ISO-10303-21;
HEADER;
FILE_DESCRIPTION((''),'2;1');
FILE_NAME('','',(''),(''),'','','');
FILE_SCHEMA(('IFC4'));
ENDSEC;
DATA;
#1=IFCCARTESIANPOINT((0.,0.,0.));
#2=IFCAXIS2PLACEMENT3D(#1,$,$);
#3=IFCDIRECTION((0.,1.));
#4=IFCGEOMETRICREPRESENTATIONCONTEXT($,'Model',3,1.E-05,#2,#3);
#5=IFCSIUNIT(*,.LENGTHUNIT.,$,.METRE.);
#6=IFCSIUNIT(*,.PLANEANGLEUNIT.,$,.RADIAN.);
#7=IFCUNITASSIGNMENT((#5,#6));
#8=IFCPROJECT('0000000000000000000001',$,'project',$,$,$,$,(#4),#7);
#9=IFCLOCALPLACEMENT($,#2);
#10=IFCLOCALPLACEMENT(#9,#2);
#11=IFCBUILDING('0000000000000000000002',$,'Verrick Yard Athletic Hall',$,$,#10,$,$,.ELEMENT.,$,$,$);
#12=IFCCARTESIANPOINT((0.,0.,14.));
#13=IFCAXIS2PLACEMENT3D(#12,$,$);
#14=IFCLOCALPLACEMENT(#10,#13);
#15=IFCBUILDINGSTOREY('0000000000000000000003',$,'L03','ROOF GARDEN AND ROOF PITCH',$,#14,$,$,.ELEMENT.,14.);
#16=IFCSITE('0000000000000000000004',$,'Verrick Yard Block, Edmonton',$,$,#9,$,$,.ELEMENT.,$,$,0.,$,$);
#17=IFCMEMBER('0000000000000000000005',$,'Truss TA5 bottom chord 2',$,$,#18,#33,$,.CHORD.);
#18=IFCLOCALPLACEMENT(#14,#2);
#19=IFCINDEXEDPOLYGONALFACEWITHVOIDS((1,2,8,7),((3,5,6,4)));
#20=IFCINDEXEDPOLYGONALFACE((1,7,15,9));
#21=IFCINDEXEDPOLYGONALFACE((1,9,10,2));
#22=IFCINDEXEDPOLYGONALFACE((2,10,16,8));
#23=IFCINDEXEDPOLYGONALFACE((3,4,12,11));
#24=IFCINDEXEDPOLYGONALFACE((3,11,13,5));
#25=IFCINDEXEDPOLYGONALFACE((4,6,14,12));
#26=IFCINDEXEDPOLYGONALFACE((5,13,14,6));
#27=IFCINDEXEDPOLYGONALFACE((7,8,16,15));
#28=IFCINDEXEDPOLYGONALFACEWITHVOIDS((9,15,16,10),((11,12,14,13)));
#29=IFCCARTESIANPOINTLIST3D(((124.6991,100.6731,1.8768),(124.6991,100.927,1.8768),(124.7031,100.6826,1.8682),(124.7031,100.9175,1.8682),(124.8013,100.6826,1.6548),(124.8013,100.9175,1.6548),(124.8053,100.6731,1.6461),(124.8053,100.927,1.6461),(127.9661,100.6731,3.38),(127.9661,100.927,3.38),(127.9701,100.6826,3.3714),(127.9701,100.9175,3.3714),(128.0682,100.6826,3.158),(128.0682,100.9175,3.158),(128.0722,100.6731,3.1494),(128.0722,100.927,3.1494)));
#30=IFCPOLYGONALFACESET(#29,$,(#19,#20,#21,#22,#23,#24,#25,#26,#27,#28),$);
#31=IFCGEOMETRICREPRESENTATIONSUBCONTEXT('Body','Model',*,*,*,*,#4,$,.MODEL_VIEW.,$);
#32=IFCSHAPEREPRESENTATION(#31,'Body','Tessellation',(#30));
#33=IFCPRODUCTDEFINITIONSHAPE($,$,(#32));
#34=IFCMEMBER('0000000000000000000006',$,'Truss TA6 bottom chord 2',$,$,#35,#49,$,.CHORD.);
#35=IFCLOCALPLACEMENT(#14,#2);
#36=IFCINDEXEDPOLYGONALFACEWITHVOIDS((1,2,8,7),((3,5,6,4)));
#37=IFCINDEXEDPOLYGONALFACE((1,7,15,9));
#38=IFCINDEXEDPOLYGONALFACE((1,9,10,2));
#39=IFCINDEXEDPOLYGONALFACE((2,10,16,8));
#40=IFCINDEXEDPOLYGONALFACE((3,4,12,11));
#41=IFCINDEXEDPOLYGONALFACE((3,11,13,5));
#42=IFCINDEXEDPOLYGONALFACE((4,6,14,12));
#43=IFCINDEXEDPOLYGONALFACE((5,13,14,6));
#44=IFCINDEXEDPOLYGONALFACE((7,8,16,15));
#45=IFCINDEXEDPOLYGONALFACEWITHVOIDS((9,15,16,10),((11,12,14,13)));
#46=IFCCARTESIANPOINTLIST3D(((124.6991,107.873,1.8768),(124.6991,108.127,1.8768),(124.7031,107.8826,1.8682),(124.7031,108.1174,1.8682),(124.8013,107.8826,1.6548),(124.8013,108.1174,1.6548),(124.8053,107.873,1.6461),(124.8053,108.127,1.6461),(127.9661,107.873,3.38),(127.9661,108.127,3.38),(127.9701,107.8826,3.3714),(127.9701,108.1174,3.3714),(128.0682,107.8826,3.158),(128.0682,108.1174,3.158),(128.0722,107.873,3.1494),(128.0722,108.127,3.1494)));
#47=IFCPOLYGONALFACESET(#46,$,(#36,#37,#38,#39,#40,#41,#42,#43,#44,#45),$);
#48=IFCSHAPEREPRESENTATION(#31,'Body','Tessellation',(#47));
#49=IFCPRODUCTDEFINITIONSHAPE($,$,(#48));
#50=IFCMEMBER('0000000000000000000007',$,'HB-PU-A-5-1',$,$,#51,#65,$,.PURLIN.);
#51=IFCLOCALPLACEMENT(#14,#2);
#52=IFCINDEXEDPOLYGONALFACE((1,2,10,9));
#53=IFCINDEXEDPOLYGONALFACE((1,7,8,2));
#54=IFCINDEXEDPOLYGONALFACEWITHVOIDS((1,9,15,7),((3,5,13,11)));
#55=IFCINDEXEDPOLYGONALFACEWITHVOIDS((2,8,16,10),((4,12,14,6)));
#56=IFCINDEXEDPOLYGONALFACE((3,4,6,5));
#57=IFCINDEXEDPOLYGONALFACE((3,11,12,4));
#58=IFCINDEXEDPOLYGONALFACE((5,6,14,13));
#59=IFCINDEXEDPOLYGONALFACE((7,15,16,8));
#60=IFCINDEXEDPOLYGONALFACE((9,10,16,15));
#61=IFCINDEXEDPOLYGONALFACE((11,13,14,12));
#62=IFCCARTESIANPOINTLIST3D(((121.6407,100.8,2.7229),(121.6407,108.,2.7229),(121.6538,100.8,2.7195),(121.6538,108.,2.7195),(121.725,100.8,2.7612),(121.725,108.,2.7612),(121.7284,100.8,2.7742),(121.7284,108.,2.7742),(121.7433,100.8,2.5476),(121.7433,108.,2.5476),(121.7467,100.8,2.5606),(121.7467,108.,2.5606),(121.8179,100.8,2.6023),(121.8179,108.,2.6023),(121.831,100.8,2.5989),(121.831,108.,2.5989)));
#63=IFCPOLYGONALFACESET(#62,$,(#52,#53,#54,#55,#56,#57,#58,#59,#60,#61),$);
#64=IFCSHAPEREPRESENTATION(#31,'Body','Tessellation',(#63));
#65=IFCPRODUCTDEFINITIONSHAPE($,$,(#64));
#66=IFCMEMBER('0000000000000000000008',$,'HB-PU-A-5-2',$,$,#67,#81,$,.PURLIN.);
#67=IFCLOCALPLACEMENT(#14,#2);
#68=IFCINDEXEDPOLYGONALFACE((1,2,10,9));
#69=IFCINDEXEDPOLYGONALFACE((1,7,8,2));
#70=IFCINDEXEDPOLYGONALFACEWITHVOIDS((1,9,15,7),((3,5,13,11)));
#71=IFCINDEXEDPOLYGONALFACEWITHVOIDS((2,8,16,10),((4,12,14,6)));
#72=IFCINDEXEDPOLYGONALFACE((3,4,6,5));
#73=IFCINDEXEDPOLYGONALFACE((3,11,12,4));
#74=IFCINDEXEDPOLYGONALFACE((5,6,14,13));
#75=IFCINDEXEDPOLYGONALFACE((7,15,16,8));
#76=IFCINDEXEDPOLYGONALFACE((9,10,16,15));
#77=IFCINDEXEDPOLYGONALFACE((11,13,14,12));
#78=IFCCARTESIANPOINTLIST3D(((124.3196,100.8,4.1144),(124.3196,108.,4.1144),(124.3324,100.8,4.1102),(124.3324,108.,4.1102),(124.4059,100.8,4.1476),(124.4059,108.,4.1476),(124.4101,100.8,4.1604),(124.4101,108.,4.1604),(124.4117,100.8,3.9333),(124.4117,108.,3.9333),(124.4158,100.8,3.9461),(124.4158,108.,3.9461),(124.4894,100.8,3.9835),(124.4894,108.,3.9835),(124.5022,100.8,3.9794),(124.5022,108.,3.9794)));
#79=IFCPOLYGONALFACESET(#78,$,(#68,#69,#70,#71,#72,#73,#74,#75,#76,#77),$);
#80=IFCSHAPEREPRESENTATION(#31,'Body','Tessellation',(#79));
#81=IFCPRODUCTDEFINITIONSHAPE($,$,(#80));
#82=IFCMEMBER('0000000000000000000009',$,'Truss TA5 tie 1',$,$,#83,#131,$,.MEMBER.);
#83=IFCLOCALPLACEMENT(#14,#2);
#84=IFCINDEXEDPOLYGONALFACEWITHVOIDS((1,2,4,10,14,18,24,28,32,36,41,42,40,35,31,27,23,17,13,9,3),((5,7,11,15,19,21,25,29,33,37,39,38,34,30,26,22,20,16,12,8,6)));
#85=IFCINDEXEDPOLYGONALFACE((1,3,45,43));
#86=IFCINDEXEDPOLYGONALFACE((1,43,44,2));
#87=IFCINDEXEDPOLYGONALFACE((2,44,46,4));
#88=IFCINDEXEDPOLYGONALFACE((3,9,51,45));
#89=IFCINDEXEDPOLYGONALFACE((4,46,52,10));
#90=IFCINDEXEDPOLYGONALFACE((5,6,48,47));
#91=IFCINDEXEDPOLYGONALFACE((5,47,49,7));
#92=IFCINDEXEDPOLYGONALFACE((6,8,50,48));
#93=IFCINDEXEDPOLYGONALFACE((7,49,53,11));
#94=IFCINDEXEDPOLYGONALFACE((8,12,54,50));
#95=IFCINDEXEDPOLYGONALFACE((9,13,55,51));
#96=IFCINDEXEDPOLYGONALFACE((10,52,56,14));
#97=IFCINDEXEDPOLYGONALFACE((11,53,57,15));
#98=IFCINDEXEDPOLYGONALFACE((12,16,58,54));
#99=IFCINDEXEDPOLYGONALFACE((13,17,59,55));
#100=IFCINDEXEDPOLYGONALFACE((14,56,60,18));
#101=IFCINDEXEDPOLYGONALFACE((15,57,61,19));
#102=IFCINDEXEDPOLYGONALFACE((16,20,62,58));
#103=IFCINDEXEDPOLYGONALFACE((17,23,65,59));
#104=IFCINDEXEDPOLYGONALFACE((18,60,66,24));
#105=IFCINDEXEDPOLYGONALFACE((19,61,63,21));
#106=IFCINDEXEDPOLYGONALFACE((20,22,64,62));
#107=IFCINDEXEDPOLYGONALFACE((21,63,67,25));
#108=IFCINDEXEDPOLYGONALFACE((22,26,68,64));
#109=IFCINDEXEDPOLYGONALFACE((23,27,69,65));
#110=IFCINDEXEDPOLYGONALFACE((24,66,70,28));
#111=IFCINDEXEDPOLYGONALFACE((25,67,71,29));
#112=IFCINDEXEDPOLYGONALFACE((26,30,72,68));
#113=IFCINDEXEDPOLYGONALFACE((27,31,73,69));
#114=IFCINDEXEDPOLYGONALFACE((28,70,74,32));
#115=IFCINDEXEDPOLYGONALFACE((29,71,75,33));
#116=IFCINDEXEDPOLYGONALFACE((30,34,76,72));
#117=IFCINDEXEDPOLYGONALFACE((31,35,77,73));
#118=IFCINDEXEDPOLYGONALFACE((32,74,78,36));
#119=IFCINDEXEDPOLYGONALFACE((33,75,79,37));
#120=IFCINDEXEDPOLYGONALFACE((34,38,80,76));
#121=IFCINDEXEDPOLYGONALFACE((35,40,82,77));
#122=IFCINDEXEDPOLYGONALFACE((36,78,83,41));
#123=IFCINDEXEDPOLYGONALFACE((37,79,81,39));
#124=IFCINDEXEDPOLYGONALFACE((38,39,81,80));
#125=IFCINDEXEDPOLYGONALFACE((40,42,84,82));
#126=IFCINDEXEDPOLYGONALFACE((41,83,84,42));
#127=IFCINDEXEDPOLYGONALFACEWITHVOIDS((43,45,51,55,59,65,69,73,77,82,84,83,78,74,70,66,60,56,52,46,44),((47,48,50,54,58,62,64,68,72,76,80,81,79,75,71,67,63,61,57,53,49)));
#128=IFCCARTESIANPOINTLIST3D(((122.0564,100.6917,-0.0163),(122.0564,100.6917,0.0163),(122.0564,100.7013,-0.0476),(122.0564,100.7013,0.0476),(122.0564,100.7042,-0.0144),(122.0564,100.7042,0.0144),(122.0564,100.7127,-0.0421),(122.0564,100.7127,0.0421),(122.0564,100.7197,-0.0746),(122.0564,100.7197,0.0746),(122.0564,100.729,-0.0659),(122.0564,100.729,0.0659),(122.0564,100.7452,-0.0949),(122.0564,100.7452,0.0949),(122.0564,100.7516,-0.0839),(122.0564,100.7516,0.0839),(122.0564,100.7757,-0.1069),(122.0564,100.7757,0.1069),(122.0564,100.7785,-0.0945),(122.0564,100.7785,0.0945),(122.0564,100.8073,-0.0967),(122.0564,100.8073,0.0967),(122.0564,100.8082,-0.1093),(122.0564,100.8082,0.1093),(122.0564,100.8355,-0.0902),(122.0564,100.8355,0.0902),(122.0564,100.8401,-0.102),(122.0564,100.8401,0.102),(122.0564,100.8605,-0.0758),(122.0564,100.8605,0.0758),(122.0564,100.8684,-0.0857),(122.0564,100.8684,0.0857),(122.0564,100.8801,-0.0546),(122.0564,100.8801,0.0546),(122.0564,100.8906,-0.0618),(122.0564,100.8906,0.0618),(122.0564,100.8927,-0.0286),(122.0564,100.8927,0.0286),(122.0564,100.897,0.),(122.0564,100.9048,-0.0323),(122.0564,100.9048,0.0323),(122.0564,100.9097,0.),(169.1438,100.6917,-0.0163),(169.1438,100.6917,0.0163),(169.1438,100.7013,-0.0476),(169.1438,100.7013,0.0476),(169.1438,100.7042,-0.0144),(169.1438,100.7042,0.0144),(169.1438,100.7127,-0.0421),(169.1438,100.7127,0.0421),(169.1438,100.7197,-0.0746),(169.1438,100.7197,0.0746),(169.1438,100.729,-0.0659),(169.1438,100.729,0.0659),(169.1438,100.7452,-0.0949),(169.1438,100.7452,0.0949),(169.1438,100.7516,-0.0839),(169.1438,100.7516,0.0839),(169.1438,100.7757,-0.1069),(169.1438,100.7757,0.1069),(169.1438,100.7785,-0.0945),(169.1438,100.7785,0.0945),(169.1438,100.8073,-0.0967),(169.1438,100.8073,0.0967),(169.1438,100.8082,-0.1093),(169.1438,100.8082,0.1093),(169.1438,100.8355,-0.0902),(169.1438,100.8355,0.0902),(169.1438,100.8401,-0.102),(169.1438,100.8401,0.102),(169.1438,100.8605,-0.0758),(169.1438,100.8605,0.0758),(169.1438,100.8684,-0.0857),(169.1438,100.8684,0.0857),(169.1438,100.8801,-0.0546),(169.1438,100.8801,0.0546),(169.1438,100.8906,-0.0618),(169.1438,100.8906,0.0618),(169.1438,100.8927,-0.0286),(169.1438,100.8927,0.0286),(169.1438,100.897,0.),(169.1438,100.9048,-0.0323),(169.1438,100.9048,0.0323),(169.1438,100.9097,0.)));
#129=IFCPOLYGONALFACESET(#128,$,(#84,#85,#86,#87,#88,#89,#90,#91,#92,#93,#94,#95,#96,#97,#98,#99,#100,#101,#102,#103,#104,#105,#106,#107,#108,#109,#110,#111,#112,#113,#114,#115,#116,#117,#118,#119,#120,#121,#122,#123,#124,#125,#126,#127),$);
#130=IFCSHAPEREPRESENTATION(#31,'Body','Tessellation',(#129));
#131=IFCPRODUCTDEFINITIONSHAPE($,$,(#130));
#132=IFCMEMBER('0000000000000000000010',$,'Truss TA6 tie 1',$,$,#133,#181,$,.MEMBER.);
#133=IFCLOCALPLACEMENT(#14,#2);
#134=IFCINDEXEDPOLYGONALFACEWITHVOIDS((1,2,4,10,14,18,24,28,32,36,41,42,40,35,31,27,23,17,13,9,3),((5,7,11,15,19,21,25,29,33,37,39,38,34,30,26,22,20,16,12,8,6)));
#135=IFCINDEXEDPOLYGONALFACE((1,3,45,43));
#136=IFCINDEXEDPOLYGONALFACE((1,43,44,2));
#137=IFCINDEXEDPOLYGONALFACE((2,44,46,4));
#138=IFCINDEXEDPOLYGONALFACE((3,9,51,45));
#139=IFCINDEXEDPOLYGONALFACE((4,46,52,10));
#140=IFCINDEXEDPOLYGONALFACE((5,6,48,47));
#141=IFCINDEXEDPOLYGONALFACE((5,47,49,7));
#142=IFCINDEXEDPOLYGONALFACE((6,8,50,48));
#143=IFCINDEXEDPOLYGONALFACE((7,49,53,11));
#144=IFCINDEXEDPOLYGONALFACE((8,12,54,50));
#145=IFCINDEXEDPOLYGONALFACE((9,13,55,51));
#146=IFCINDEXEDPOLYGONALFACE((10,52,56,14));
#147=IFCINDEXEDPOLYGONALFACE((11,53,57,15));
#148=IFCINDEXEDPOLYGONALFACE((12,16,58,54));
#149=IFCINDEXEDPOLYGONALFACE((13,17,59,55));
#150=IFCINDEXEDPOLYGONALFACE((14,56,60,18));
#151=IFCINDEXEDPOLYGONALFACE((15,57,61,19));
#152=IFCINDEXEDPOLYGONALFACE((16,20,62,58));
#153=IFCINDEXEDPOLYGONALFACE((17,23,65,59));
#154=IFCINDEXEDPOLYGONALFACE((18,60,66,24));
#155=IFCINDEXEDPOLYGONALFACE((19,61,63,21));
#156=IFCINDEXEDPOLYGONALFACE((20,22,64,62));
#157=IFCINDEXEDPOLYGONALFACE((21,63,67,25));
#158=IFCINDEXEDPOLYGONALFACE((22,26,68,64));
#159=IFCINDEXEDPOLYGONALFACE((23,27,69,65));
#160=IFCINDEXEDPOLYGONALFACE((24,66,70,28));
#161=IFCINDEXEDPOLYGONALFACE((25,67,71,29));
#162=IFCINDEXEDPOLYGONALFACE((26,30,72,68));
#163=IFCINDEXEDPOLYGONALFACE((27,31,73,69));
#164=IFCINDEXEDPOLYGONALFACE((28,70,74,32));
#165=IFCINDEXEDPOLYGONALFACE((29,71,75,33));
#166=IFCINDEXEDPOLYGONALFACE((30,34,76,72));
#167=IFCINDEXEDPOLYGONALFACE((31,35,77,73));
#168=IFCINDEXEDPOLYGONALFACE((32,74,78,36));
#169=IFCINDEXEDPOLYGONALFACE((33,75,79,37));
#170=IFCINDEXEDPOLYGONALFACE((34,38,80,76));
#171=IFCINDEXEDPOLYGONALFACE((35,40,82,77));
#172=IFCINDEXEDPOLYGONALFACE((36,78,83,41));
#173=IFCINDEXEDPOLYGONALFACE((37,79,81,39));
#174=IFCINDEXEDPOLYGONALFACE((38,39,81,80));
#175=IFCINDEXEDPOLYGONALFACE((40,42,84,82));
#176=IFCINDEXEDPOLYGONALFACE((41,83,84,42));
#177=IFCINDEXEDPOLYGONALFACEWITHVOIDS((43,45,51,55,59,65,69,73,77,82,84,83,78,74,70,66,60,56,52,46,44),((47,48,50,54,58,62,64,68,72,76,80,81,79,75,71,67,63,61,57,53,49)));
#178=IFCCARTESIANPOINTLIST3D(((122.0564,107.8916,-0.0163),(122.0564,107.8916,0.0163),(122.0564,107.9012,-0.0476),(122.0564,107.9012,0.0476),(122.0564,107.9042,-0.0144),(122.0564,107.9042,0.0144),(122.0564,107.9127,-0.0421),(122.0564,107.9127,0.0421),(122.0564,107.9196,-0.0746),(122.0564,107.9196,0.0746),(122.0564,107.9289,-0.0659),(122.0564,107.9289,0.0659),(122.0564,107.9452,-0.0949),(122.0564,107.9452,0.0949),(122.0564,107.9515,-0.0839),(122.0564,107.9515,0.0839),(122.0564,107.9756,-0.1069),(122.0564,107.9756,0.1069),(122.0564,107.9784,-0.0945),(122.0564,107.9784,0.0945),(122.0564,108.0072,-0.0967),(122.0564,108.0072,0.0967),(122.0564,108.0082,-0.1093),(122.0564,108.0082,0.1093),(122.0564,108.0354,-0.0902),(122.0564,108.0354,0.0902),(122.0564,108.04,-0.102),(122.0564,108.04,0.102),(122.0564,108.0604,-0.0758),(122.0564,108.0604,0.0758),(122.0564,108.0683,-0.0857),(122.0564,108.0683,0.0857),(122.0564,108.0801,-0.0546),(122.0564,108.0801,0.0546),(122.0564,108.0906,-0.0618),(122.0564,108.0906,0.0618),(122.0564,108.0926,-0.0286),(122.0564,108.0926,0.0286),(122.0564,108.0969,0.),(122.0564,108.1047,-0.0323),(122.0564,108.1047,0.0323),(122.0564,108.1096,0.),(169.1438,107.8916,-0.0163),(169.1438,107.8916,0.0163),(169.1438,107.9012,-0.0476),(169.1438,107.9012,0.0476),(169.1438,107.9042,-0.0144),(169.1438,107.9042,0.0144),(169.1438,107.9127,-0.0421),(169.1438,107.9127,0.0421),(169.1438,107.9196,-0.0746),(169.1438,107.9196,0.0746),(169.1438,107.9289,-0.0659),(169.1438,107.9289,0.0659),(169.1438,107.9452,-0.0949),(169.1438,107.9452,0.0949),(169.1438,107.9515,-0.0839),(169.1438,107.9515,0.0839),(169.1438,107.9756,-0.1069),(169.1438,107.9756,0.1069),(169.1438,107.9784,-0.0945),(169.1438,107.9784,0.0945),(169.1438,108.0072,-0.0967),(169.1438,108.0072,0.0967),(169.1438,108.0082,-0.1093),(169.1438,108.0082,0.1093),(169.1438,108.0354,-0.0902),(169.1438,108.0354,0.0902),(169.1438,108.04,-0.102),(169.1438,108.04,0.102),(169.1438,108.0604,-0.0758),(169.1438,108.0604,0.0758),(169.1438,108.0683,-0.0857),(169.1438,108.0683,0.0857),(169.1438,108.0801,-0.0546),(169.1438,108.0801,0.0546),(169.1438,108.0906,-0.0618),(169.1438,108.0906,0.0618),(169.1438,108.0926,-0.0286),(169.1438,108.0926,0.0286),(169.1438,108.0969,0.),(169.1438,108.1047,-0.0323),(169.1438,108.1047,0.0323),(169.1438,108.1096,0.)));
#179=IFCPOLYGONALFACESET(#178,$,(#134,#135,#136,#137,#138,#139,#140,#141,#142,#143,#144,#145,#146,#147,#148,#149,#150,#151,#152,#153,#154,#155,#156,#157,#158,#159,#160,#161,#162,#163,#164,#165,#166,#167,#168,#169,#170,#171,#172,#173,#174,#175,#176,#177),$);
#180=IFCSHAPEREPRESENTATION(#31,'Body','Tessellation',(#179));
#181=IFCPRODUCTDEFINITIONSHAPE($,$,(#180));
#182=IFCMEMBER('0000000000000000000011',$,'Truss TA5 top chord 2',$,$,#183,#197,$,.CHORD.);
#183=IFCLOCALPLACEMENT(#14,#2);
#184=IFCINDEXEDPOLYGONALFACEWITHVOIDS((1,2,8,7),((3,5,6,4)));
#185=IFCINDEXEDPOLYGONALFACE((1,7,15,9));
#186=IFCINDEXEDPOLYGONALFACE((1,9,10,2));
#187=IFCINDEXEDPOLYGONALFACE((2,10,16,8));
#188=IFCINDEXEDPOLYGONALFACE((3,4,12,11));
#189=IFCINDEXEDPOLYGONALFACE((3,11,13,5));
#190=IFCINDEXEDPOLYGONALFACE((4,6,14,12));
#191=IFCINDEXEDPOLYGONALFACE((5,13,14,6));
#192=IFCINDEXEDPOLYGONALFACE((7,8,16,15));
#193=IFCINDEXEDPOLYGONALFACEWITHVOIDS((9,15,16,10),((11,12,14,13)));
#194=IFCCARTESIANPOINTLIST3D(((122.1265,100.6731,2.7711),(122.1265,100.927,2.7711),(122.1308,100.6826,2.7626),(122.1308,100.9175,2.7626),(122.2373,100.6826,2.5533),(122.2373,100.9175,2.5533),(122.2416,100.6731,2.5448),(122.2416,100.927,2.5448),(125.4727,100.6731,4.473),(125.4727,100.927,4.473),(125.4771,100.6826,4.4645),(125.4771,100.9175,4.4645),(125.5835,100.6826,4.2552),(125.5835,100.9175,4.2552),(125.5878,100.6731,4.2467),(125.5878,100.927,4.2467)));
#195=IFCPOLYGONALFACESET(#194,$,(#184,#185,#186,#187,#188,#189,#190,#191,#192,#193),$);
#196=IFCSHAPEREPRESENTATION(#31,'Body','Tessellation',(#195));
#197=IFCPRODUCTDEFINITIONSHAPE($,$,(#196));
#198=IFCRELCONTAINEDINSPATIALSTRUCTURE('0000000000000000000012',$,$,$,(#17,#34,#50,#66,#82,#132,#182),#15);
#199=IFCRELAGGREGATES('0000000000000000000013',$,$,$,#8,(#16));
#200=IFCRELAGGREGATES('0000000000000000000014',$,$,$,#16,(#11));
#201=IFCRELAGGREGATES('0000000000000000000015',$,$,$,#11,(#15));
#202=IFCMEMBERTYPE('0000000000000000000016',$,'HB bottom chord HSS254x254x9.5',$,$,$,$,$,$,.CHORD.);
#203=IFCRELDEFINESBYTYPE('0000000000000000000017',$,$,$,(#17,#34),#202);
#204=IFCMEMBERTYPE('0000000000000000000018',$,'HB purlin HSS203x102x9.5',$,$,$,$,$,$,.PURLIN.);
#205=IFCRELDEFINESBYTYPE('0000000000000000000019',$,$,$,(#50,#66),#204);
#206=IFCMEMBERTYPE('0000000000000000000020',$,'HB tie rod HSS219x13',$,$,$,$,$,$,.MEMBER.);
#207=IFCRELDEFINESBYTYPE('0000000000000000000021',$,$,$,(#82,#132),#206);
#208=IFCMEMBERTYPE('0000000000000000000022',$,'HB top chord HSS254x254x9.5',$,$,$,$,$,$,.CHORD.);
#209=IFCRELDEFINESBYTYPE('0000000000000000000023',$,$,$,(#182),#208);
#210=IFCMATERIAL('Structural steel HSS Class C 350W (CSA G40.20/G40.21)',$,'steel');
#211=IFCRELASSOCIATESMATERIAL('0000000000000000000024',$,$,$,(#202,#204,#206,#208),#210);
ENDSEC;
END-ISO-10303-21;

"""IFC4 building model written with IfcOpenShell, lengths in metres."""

from ifc_helpers import new_model, si_unit, direction, frame, origin, origin_2d, place, context, subcontext, project, spatial, hollow_rectangle, hollow_circle, extrude, material, material_profile, profile_set, type_object, element, save


model = new_model("IFC4")

# Units and contexts
model_context = context("Model", 3, precision=1e-05, world=origin(), true_north=direction((0.0, 1.0)))
body_context = subcontext(model_context, "Body", "Model", "MODEL_VIEW")
ifc_project = project(units=[si_unit("LENGTHUNIT", "METRE"), si_unit("PLANEANGLEUNIT", "RADIAN")], contexts=[model_context])

# Site, building, storey
site_placement = place(None, origin())
site = spatial("IfcSite", under=ifc_project, at=site_placement, Name="Verrick Yard Block, Edmonton", CompositionType="ELEMENT", RefElevation=0.0)
building_placement = place(site_placement, origin())
building = spatial("IfcBuilding", under=site, at=building_placement, Name="Verrick Yard Athletic Hall", CompositionType="ELEMENT")
storey_placement = place(building_placement, frame((0.0, 0.0, 14.0)))
storey = spatial("IfcBuildingStorey", under=building, at=storey_placement, Name="L03", Description="ROOF GARDEN AND ROOF PITCH", CompositionType="ELEMENT", Elevation=14.0)

# Members
ifc_material_1 = material(Name="Structural steel HSS Class C 350W (CSA G40.20/G40.21)", Category="steel")
ifc_material_profile_1 = material_profile(ifc_material_1, hollow_rectangle(XDim=0.2539, YDim=0.2539, WallThickness=0.0095, at=origin_2d()), Name="HSS254x254x9.5")
ifc_profile_set_1 = profile_set([ifc_material_profile_1], Name="Structural steel HSS Class C 350W (CSA G40.20/G40.21)")
member_type_1 = type_object("IfcMemberType", Name="HB bottom chord HSS254x254x9.5", PredefinedType="CHORD", material=ifc_profile_set_1)
for number, where, z_axis, x_axis, name in (
    (1, (124.7522, 100.8, 1.7615), (0.908446, 0.0, 0.418003), (0.0, 1.0, 0.0), "Truss TA5 bottom chord 2"),
    (2, (124.7522, 108.0, 1.7615), (0.908446, 0.0, 0.418003), (0.0, 1.0, 0.0), "Truss TA6 bottom chord 2"),
):
    element("IfcMember", number, at=place(storey_placement, frame(where, z_axis=z_axis, x_axis=x_axis)), inside=storey, type_object=member_type_1, Name=name, PredefinedType="CHORD", context=body_context, shape_type="SweptSolid", body=[
        extrude(hollow_rectangle(XDim=0.2539, YDim=0.2539, WallThickness=0.0095, at=origin_2d()), origin(), (0.0, 0.0, 1.0), 3.5962),
    ])
ifc_material_profile_2 = material_profile(ifc_material_1, hollow_rectangle(XDim=0.1016, YDim=0.2031, WallThickness=0.0095, at=origin_2d()), Name="HSS203x102x9.5")
ifc_profile_set_2 = profile_set([ifc_material_profile_2], Name="Structural steel HSS Class C 350W (CSA G40.20/G40.21)")
member_type_2 = type_object("IfcMemberType", Name="HB purlin HSS203x102x9.5", PredefinedType="PURLIN", material=ifc_profile_set_2)
for number, where, z_axis, x_axis, name in (
    (3, (121.7358, 100.8, 2.6609), (0.0, 1.0, 0.0), (-0.863168, 0.0, -0.504917), "HB-PU-A-5-1"),
    (4, (124.4109, 100.8, 4.0469), (0.0, 1.0, 0.0), (-0.891353, 0.0, -0.45331), "HB-PU-A-5-2"),
):
    element("IfcMember", number, at=place(storey_placement, frame(where, z_axis=z_axis, x_axis=x_axis)), inside=storey, type_object=member_type_2, Name=name, PredefinedType="PURLIN", context=body_context, shape_type="SweptSolid", body=[
        extrude(hollow_rectangle(XDim=0.1016, YDim=0.2031, WallThickness=0.0095, at=origin_2d()), origin(), (0.0, 0.0, 1.0), 7.2),
    ])
ifc_material_profile_3 = material_profile(ifc_material_1, hollow_circle(Radius=0.1096, WallThickness=0.0127, at=origin_2d()), Name="HSS219x13")
ifc_profile_set_3 = profile_set([ifc_material_profile_3], Name="Structural steel HSS Class C 350W (CSA G40.20/G40.21)")
member_type_3 = type_object("IfcMemberType", Name="HB tie rod HSS219x13", PredefinedType="MEMBER", material=ifc_profile_set_3)
for number, where, z_axis, x_axis, name in (
    (5, (122.0564, 100.8, 0.0), (1.0, 0.0, 0.0), (0.0, 1.0, 0.0), "Truss TA5 tie 1"),
    (6, (122.0564, 108.0, 0.0), (1.0, 0.0, 0.0), (0.0, 1.0, 0.0), "Truss TA6 tie 1"),
):
    element("IfcMember", number, at=place(storey_placement, frame(where, z_axis=z_axis, x_axis=x_axis)), inside=storey, type_object=member_type_3, Name=name, PredefinedType="MEMBER", context=body_context, shape_type="SweptSolid", body=[
        extrude(hollow_circle(Radius=0.1096, WallThickness=0.0127, at=origin_2d()), origin(), (0.0, 0.0, 1.0), 47.0874),
    ])
ifc_material_profile_4 = material_profile(ifc_material_1, hollow_rectangle(XDim=0.2539, YDim=0.2539, WallThickness=0.0095, at=origin_2d()), Name="HSS254x254x9.5")
ifc_profile_set_4 = profile_set([ifc_material_profile_4], Name="Structural steel HSS Class C 350W (CSA G40.20/G40.21)")
member_type_4 = type_object("IfcMemberType", Name="HB top chord HSS254x254x9.5", PredefinedType="CHORD", material=ifc_profile_set_4)
for number, where, z_axis, x_axis, name in (
    (7, (122.1841, 100.8, 2.658), (0.891337, 0.0, 0.453342), (0.0, 1.0, 0.0), "Truss TA5 top chord 2"),
):
    element("IfcMember", number, at=place(storey_placement, frame(where, z_axis=z_axis, x_axis=x_axis)), inside=storey, type_object=member_type_4, Name=name, PredefinedType="CHORD", context=body_context, shape_type="SweptSolid", body=[
        extrude(hollow_rectangle(XDim=0.2539, YDim=0.2539, WallThickness=0.0095, at=origin_2d()), origin(), (0.0, 0.0, 1.0), 3.7542),
    ])

save(model, "model.ifc")
